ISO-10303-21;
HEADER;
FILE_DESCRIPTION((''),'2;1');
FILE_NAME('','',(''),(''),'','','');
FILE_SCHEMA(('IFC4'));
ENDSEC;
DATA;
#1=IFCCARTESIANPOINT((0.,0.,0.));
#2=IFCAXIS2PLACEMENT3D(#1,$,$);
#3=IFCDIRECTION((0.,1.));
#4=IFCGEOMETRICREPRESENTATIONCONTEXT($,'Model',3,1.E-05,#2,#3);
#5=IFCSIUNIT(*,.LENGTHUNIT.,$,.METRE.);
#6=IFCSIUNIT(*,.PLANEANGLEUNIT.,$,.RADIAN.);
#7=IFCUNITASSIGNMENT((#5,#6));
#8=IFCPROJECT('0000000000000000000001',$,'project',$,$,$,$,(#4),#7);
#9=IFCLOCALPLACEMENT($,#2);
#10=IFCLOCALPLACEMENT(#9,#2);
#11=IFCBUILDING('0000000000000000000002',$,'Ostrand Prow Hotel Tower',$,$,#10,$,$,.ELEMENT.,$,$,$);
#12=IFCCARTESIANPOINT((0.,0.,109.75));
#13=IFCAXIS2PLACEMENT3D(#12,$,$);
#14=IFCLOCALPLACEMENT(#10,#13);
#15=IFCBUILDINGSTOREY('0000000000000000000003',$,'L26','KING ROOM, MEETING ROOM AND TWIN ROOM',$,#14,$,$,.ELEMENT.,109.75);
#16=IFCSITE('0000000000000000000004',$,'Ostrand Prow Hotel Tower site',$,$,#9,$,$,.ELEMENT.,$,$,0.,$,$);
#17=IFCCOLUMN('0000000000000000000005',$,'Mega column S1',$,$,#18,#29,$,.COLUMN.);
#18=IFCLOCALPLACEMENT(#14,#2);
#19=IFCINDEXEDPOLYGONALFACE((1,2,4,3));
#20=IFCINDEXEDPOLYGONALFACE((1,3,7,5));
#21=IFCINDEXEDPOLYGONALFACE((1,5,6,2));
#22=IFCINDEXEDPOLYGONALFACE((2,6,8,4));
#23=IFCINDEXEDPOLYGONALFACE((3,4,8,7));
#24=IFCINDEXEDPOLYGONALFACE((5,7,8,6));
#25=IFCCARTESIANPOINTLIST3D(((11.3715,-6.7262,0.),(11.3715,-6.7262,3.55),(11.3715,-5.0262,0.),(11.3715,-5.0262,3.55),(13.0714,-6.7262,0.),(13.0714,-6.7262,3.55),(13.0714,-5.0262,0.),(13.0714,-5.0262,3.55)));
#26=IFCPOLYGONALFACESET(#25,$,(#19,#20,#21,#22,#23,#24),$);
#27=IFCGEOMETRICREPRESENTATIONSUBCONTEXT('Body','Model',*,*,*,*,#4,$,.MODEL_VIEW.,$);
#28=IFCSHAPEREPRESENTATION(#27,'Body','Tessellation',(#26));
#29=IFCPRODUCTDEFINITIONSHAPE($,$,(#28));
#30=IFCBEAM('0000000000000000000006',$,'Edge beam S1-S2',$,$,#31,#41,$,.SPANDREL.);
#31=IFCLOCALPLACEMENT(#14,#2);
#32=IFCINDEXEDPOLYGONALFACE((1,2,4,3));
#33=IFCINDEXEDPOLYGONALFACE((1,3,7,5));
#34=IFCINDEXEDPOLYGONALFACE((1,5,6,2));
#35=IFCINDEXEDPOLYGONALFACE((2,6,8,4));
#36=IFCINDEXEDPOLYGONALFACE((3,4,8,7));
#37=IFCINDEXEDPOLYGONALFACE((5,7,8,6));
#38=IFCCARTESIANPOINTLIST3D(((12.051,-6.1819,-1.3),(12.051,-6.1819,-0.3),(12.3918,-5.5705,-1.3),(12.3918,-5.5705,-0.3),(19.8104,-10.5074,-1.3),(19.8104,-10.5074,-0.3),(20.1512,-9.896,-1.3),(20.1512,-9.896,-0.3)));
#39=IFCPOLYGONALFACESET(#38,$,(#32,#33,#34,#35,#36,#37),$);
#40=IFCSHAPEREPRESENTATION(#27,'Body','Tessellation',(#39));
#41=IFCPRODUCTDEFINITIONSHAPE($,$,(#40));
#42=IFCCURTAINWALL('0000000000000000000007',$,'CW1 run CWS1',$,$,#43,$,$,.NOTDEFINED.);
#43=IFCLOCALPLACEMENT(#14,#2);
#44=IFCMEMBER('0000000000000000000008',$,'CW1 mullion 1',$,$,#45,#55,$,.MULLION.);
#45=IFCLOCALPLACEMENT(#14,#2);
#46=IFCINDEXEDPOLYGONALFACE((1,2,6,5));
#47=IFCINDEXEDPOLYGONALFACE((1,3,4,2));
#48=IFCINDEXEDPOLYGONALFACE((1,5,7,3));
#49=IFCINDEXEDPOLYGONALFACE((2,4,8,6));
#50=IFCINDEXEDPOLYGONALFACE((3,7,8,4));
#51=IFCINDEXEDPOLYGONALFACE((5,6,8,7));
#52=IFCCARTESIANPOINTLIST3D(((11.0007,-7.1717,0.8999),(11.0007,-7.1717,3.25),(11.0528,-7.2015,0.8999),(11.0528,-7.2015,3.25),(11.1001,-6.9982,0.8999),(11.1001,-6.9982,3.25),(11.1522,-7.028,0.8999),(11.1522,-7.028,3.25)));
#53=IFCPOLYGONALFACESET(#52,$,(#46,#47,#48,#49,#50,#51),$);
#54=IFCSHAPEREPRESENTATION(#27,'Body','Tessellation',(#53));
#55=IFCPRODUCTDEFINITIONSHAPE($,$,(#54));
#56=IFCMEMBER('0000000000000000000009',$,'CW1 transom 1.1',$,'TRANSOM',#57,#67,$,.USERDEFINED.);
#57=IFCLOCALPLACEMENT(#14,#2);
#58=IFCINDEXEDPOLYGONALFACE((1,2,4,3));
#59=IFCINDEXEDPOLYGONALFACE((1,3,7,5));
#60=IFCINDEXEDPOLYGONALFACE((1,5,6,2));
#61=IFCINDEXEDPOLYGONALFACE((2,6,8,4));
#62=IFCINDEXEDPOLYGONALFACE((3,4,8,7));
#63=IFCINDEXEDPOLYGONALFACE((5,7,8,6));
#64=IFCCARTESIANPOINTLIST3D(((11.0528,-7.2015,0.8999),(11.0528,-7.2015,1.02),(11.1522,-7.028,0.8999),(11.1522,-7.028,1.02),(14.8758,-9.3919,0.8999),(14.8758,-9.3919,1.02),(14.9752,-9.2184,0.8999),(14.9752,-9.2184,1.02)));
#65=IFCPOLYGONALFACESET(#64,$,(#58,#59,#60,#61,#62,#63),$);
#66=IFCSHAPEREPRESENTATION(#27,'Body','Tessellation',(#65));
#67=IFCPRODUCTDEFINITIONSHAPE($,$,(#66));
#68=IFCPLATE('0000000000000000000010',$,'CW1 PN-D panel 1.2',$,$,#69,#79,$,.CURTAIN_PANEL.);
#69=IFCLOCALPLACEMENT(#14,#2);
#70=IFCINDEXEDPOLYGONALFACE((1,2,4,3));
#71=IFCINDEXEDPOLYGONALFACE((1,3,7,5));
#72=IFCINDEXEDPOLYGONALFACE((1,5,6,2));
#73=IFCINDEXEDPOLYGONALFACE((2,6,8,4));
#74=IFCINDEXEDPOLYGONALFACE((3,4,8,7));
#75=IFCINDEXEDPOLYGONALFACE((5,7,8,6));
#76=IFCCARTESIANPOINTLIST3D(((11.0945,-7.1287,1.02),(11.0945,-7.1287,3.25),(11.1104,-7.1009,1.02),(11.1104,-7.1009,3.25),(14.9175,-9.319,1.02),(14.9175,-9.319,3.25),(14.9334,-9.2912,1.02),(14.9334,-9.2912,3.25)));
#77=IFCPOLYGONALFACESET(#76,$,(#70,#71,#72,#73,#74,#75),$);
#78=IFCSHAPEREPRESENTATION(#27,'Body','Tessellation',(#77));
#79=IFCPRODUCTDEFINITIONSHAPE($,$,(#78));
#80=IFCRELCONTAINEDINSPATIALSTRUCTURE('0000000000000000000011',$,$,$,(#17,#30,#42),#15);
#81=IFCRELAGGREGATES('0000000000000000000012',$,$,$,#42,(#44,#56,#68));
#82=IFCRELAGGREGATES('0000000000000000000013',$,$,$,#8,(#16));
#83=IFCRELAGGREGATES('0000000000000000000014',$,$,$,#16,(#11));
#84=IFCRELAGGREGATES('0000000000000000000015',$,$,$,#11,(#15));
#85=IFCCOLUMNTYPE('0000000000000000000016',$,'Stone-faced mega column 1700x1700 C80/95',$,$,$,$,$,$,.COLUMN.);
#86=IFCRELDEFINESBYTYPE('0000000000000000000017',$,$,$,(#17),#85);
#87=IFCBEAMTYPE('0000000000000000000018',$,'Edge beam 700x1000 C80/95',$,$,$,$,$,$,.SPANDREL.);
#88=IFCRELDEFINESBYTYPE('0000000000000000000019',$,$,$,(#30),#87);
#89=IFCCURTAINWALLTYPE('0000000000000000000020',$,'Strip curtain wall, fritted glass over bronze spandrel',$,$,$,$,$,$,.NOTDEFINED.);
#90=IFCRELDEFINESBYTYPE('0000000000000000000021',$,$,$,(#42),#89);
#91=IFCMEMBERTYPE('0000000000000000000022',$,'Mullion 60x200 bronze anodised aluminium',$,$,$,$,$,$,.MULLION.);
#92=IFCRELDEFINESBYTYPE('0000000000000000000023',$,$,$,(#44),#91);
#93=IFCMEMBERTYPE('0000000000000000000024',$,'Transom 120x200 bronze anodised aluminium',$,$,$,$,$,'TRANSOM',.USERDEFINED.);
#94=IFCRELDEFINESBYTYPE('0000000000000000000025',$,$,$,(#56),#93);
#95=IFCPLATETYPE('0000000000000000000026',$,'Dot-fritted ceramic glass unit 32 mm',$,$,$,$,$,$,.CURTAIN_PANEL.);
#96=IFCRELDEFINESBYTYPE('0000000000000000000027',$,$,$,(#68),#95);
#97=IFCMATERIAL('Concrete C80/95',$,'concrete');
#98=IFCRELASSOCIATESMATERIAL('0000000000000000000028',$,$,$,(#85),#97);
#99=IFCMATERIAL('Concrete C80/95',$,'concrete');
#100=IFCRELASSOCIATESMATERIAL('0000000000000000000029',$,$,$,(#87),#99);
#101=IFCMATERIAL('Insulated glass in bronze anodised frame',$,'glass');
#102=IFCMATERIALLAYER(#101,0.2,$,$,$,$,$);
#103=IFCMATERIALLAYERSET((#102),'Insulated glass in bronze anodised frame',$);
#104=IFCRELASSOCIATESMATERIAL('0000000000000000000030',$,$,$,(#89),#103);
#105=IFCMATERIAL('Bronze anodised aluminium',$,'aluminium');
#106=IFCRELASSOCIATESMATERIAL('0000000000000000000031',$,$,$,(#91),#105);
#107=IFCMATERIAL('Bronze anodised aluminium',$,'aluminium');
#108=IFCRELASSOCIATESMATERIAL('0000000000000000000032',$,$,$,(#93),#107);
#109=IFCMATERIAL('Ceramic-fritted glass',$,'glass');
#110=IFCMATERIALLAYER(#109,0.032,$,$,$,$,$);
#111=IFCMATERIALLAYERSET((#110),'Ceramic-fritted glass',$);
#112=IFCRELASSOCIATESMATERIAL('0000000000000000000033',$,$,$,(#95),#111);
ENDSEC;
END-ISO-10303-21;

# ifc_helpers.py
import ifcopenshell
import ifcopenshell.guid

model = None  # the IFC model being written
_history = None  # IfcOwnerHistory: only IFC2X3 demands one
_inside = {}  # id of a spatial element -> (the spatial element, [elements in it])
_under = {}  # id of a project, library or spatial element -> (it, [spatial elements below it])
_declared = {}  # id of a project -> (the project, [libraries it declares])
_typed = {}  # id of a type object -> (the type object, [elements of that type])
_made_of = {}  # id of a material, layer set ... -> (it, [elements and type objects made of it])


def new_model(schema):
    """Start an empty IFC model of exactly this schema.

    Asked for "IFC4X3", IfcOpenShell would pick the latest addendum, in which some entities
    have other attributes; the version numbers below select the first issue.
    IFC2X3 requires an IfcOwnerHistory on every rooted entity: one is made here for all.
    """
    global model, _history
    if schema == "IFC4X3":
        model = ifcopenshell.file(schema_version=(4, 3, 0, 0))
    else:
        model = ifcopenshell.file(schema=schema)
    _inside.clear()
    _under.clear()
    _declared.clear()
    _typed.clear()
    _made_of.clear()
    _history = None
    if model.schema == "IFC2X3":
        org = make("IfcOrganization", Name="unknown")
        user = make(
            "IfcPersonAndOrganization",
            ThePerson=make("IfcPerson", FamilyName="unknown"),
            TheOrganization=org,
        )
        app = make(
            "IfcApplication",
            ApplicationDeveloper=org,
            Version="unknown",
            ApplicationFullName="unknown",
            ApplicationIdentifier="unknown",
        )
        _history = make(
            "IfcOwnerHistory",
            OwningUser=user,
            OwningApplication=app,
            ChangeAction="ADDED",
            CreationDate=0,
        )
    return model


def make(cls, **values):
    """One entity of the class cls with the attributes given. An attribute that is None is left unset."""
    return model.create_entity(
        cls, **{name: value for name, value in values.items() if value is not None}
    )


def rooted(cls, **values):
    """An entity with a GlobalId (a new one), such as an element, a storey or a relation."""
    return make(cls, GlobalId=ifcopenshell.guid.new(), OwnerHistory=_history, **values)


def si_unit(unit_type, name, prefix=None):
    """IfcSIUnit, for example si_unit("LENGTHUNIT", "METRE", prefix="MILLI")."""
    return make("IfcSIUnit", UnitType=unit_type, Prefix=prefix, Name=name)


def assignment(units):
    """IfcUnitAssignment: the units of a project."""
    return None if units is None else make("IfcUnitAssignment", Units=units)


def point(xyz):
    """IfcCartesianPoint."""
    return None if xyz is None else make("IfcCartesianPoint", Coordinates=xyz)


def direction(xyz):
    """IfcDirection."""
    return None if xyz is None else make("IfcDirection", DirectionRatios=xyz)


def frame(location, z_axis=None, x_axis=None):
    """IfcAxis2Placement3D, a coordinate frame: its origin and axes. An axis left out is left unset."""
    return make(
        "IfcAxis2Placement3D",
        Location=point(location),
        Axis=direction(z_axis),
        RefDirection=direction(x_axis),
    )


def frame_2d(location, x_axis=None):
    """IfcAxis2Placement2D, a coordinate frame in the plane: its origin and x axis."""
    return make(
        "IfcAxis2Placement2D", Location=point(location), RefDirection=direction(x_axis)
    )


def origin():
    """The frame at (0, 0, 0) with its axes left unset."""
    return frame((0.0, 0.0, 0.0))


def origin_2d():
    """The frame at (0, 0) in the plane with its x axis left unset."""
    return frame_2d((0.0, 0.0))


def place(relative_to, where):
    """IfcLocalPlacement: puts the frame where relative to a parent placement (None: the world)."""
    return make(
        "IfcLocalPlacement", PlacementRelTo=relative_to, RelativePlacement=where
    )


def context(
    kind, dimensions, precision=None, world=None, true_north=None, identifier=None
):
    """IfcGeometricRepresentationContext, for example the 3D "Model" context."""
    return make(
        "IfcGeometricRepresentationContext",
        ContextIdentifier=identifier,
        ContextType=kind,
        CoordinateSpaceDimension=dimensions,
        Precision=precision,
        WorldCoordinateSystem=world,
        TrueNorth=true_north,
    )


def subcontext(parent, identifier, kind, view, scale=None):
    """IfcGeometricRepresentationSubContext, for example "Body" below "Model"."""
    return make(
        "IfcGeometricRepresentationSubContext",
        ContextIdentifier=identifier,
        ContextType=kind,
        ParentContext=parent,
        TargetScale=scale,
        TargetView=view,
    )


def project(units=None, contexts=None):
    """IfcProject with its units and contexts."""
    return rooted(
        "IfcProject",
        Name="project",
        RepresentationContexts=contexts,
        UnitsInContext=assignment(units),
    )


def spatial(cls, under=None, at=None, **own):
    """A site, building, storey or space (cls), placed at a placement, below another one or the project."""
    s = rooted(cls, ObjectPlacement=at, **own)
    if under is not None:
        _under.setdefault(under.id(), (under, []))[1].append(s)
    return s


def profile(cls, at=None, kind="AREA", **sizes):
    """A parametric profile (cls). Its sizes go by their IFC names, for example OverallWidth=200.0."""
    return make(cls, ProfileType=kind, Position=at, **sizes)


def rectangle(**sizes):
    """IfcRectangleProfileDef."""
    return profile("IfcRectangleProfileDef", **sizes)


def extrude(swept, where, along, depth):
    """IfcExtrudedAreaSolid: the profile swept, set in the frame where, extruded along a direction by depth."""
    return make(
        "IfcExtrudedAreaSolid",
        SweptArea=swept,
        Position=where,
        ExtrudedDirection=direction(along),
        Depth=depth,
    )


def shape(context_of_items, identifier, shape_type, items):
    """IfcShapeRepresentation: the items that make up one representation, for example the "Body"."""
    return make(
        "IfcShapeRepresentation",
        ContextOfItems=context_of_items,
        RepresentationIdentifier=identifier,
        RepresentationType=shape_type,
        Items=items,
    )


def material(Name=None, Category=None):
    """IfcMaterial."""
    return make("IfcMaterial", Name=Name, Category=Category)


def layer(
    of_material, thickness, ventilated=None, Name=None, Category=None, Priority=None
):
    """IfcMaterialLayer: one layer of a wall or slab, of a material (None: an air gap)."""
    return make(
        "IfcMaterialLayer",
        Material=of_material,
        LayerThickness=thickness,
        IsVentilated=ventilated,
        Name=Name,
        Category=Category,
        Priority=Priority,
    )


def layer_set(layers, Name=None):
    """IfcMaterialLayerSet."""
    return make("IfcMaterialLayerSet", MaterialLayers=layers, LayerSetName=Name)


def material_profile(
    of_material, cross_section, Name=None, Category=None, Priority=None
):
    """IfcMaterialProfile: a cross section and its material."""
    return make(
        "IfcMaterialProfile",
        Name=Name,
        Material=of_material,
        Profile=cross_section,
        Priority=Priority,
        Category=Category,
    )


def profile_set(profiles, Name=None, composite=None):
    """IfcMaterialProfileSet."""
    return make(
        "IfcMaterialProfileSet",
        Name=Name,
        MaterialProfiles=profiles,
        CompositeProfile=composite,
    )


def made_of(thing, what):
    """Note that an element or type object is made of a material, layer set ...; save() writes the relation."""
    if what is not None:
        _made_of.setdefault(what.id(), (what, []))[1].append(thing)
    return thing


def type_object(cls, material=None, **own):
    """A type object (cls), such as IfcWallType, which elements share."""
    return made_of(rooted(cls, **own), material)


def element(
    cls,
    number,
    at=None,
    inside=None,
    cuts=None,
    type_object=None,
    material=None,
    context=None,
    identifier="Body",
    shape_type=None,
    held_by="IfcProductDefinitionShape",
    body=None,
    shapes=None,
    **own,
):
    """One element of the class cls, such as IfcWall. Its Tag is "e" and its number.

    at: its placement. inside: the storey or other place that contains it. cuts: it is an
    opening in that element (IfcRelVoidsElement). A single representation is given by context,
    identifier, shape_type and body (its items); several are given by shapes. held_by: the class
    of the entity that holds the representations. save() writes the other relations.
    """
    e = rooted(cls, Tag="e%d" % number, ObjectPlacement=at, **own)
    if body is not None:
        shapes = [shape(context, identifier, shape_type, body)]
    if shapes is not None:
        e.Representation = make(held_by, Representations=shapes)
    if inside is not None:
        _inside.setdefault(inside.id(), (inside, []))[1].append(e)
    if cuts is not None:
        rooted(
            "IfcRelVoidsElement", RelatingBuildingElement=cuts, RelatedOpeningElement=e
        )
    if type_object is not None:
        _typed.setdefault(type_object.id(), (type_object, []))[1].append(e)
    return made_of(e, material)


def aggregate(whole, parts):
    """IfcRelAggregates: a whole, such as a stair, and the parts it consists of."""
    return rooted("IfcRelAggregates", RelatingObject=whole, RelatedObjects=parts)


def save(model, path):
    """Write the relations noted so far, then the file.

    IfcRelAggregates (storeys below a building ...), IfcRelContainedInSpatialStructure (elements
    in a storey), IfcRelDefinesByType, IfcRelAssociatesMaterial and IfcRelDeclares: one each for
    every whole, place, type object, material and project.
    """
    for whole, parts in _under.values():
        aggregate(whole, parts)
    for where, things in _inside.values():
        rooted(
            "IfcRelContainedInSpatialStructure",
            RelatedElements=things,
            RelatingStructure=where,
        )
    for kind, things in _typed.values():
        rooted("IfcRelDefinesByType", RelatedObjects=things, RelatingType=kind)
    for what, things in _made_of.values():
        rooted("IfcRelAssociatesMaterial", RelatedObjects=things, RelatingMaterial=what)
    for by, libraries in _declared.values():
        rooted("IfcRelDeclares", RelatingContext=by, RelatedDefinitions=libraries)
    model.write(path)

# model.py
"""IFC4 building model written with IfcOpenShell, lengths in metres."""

from ifc_helpers import new_model, si_unit, direction, frame, origin, origin_2d, place, context, subcontext, project, spatial, rectangle, extrude, material, layer, layer_set, material_profile, profile_set, type_object, element, aggregate, save


model = new_model("IFC4")

# Units and contexts
model_context = context("Model", 3, precision=1e-05, world=origin(), true_north=direction((0.0, 1.0)))
body_context = subcontext(model_context, "Body", "Model", "MODEL_VIEW")
ifc_project = project(units=[si_unit("LENGTHUNIT", "METRE"), si_unit("PLANEANGLEUNIT", "RADIAN")], contexts=[model_context])

# Site, building, storey
site_placement = place(None, origin())
site = spatial("IfcSite", under=ifc_project, at=site_placement, Name="Ostrand Prow Hotel Tower site", CompositionType="ELEMENT", RefElevation=0.0)
building_placement = place(site_placement, origin())
building = spatial("IfcBuilding", under=site, at=building_placement, Name="Ostrand Prow Hotel Tower", CompositionType="ELEMENT")
storey_placement = place(building_placement, frame((0.0, 0.0, 109.75)))
storey = spatial("IfcBuildingStorey", under=building, at=storey_placement, Name="L26", Description="KING ROOM, MEETING ROOM AND TWIN ROOM", CompositionType="ELEMENT", Elevation=109.75)

# Column
ifc_material_1 = material(Name="Concrete C80/95", Category="concrete")
ifc_material_profile_1 = material_profile(ifc_material_1, rectangle(XDim=1.7, YDim=1.7, at=origin_2d()), Name="RC 1700x1700")
ifc_profile_set_1 = profile_set([ifc_material_profile_1], Name="Concrete C80/95")
column_type = type_object("IfcColumnType", Name="Stone-faced mega column 1700x1700 C80/95", PredefinedType="COLUMN", material=ifc_profile_set_1)
column_placement = place(storey_placement, frame((12.2214, -5.8762, 0.0), z_axis=(0.0, 0.0, 1.0), x_axis=(1.0, 0.0, 0.0)))
element("IfcColumn", 1, at=column_placement, inside=storey, type_object=column_type, Name="Mega column S1", PredefinedType="COLUMN", context=body_context, shape_type="SweptSolid", body=[
    extrude(rectangle(XDim=1.7, YDim=1.7, at=origin_2d()), origin(), (0.0, 0.0, 1.0), 3.55),
])

# Beam
ifc_material_2 = material(Name="Concrete C80/95", Category="concrete")
ifc_material_profile_2 = material_profile(ifc_material_2, rectangle(XDim=0.7, YDim=1.0, at=origin_2d()), Name="RC 700x1000")
ifc_profile_set_2 = profile_set([ifc_material_profile_2], Name="Concrete C80/95")
beam_type = type_object("IfcBeamType", Name="Edge beam 700x1000 C80/95", PredefinedType="SPANDREL", material=ifc_profile_set_2)
beam_placement = place(storey_placement, frame((12.2214, -5.8762, -0.8), z_axis=(0.873452, -0.486909, 0.0), x_axis=(0.486909, 0.873452, 0.0)))
element("IfcBeam", 2, at=beam_placement, inside=storey, type_object=beam_type, Name="Edge beam S1-S2", PredefinedType="SPANDREL", context=body_context, shape_type="SweptSolid", body=[
    extrude(rectangle(XDim=0.7, YDim=1.0, at=origin_2d()), origin(), (0.0, 0.0, 1.0), 8.8835),
])

# Curtain wall, members, plate
ifc_material_3 = material(Name="Insulated glass in bronze anodised frame", Category="glass")
ifc_layer_1 = layer(ifc_material_3, 0.2)
ifc_layer_set_1 = layer_set([ifc_layer_1], Name="Insulated glass in bronze anodised frame")
curtain_wall_type = type_object("IfcCurtainWallType", Name="Strip curtain wall, fritted glass over bronze spandrel", PredefinedType="NOTDEFINED", material=ifc_layer_set_1)
curtain_wall_placement = place(storey_placement, origin())
curtain_wall = element("IfcCurtainWall", 3, at=curtain_wall_placement, inside=storey, type_object=curtain_wall_type, Name="CW1 run CWS1", PredefinedType="NOTDEFINED")
ifc_material_4 = material(Name="Bronze anodised aluminium", Category="aluminium")
ifc_material_profile_3 = material_profile(ifc_material_4, rectangle(XDim=0.2, YDim=0.0601, at=origin_2d()), Name="Mullion 60x200 bronze anodised aluminium")
ifc_profile_set_3 = profile_set([ifc_material_profile_3], Name="Bronze anodised aluminium")
member_type_1 = type_object("IfcMemberType", Name="Mullion 60x200 bronze anodised aluminium", PredefinedType="MULLION", material=ifc_profile_set_3)
member_1_placement = place(storey_placement, frame((11.0764, -7.0999, 0.8999), z_axis=(0.0, 0.0, 1.0), x_axis=(0.497115, 0.867685, 0.0)))
member_1 = element("IfcMember", 4, at=member_1_placement, type_object=member_type_1, Name="CW1 mullion 1", PredefinedType="MULLION", context=body_context, shape_type="SweptSolid", body=[
    extrude(rectangle(XDim=0.2, YDim=0.0601, at=origin_2d()), origin(), (0.0, 0.0, 1.0), 2.3501),
])
ifc_material_5 = material(Name="Bronze anodised aluminium", Category="aluminium")
ifc_material_profile_4 = material_profile(ifc_material_5, rectangle(XDim=0.2, YDim=0.1201, at=origin_2d()), Name="Transom 120x200 bronze anodised aluminium")
ifc_profile_set_4 = profile_set([ifc_material_profile_4], Name="Bronze anodised aluminium")
member_type_2 = type_object("IfcMemberType", Name="Transom 120x200 bronze anodised aluminium", ElementType="TRANSOM", PredefinedType="USERDEFINED", material=ifc_profile_set_4)
member_2_placement = place(storey_placement, frame((11.1025, -7.1147, 0.96), z_axis=(0.86767, -0.497141, 0.0), x_axis=(0.497141, 0.86767, 0.0)))
member_2 = element("IfcMember", 5, at=member_2_placement, type_object=member_type_2, Name="CW1 transom 1.1", ObjectType="TRANSOM", PredefinedType="USERDEFINED", context=body_context, shape_type="SweptSolid", body=[
    extrude(rectangle(XDim=0.2, YDim=0.1201, at=origin_2d()), origin(), (0.0, 0.0, 1.0), 4.406),
])
ifc_material_6 = material(Name="Ceramic-fritted glass", Category="glass")
ifc_layer_2 = layer(ifc_material_6, 0.032)
ifc_layer_set_2 = layer_set([ifc_layer_2], Name="Ceramic-fritted glass")
plate_type = type_object("IfcPlateType", Name="Dot-fritted ceramic glass unit 32 mm", PredefinedType="CURTAIN_PANEL", material=ifc_layer_set_2)
plate_placement = place(storey_placement, frame((13.0139, -8.21, 1.02), z_axis=(0.0, 0.0, 1.0), x_axis=(0.867685, -0.497115, 0.0)))
plate = element("IfcPlate", 6, at=plate_placement, type_object=plate_type, Name="CW1 PN-D panel 1.2", PredefinedType="CURTAIN_PANEL", context=body_context, shape_type="SweptSolid", body=[
    extrude(rectangle(XDim=4.406, YDim=0.032, at=origin_2d()), origin(), (0.0, 0.0, 1.0), 2.23),
])
aggregate(curtain_wall, [member_1, member_2, plate])

save(model, "model.ifc")
